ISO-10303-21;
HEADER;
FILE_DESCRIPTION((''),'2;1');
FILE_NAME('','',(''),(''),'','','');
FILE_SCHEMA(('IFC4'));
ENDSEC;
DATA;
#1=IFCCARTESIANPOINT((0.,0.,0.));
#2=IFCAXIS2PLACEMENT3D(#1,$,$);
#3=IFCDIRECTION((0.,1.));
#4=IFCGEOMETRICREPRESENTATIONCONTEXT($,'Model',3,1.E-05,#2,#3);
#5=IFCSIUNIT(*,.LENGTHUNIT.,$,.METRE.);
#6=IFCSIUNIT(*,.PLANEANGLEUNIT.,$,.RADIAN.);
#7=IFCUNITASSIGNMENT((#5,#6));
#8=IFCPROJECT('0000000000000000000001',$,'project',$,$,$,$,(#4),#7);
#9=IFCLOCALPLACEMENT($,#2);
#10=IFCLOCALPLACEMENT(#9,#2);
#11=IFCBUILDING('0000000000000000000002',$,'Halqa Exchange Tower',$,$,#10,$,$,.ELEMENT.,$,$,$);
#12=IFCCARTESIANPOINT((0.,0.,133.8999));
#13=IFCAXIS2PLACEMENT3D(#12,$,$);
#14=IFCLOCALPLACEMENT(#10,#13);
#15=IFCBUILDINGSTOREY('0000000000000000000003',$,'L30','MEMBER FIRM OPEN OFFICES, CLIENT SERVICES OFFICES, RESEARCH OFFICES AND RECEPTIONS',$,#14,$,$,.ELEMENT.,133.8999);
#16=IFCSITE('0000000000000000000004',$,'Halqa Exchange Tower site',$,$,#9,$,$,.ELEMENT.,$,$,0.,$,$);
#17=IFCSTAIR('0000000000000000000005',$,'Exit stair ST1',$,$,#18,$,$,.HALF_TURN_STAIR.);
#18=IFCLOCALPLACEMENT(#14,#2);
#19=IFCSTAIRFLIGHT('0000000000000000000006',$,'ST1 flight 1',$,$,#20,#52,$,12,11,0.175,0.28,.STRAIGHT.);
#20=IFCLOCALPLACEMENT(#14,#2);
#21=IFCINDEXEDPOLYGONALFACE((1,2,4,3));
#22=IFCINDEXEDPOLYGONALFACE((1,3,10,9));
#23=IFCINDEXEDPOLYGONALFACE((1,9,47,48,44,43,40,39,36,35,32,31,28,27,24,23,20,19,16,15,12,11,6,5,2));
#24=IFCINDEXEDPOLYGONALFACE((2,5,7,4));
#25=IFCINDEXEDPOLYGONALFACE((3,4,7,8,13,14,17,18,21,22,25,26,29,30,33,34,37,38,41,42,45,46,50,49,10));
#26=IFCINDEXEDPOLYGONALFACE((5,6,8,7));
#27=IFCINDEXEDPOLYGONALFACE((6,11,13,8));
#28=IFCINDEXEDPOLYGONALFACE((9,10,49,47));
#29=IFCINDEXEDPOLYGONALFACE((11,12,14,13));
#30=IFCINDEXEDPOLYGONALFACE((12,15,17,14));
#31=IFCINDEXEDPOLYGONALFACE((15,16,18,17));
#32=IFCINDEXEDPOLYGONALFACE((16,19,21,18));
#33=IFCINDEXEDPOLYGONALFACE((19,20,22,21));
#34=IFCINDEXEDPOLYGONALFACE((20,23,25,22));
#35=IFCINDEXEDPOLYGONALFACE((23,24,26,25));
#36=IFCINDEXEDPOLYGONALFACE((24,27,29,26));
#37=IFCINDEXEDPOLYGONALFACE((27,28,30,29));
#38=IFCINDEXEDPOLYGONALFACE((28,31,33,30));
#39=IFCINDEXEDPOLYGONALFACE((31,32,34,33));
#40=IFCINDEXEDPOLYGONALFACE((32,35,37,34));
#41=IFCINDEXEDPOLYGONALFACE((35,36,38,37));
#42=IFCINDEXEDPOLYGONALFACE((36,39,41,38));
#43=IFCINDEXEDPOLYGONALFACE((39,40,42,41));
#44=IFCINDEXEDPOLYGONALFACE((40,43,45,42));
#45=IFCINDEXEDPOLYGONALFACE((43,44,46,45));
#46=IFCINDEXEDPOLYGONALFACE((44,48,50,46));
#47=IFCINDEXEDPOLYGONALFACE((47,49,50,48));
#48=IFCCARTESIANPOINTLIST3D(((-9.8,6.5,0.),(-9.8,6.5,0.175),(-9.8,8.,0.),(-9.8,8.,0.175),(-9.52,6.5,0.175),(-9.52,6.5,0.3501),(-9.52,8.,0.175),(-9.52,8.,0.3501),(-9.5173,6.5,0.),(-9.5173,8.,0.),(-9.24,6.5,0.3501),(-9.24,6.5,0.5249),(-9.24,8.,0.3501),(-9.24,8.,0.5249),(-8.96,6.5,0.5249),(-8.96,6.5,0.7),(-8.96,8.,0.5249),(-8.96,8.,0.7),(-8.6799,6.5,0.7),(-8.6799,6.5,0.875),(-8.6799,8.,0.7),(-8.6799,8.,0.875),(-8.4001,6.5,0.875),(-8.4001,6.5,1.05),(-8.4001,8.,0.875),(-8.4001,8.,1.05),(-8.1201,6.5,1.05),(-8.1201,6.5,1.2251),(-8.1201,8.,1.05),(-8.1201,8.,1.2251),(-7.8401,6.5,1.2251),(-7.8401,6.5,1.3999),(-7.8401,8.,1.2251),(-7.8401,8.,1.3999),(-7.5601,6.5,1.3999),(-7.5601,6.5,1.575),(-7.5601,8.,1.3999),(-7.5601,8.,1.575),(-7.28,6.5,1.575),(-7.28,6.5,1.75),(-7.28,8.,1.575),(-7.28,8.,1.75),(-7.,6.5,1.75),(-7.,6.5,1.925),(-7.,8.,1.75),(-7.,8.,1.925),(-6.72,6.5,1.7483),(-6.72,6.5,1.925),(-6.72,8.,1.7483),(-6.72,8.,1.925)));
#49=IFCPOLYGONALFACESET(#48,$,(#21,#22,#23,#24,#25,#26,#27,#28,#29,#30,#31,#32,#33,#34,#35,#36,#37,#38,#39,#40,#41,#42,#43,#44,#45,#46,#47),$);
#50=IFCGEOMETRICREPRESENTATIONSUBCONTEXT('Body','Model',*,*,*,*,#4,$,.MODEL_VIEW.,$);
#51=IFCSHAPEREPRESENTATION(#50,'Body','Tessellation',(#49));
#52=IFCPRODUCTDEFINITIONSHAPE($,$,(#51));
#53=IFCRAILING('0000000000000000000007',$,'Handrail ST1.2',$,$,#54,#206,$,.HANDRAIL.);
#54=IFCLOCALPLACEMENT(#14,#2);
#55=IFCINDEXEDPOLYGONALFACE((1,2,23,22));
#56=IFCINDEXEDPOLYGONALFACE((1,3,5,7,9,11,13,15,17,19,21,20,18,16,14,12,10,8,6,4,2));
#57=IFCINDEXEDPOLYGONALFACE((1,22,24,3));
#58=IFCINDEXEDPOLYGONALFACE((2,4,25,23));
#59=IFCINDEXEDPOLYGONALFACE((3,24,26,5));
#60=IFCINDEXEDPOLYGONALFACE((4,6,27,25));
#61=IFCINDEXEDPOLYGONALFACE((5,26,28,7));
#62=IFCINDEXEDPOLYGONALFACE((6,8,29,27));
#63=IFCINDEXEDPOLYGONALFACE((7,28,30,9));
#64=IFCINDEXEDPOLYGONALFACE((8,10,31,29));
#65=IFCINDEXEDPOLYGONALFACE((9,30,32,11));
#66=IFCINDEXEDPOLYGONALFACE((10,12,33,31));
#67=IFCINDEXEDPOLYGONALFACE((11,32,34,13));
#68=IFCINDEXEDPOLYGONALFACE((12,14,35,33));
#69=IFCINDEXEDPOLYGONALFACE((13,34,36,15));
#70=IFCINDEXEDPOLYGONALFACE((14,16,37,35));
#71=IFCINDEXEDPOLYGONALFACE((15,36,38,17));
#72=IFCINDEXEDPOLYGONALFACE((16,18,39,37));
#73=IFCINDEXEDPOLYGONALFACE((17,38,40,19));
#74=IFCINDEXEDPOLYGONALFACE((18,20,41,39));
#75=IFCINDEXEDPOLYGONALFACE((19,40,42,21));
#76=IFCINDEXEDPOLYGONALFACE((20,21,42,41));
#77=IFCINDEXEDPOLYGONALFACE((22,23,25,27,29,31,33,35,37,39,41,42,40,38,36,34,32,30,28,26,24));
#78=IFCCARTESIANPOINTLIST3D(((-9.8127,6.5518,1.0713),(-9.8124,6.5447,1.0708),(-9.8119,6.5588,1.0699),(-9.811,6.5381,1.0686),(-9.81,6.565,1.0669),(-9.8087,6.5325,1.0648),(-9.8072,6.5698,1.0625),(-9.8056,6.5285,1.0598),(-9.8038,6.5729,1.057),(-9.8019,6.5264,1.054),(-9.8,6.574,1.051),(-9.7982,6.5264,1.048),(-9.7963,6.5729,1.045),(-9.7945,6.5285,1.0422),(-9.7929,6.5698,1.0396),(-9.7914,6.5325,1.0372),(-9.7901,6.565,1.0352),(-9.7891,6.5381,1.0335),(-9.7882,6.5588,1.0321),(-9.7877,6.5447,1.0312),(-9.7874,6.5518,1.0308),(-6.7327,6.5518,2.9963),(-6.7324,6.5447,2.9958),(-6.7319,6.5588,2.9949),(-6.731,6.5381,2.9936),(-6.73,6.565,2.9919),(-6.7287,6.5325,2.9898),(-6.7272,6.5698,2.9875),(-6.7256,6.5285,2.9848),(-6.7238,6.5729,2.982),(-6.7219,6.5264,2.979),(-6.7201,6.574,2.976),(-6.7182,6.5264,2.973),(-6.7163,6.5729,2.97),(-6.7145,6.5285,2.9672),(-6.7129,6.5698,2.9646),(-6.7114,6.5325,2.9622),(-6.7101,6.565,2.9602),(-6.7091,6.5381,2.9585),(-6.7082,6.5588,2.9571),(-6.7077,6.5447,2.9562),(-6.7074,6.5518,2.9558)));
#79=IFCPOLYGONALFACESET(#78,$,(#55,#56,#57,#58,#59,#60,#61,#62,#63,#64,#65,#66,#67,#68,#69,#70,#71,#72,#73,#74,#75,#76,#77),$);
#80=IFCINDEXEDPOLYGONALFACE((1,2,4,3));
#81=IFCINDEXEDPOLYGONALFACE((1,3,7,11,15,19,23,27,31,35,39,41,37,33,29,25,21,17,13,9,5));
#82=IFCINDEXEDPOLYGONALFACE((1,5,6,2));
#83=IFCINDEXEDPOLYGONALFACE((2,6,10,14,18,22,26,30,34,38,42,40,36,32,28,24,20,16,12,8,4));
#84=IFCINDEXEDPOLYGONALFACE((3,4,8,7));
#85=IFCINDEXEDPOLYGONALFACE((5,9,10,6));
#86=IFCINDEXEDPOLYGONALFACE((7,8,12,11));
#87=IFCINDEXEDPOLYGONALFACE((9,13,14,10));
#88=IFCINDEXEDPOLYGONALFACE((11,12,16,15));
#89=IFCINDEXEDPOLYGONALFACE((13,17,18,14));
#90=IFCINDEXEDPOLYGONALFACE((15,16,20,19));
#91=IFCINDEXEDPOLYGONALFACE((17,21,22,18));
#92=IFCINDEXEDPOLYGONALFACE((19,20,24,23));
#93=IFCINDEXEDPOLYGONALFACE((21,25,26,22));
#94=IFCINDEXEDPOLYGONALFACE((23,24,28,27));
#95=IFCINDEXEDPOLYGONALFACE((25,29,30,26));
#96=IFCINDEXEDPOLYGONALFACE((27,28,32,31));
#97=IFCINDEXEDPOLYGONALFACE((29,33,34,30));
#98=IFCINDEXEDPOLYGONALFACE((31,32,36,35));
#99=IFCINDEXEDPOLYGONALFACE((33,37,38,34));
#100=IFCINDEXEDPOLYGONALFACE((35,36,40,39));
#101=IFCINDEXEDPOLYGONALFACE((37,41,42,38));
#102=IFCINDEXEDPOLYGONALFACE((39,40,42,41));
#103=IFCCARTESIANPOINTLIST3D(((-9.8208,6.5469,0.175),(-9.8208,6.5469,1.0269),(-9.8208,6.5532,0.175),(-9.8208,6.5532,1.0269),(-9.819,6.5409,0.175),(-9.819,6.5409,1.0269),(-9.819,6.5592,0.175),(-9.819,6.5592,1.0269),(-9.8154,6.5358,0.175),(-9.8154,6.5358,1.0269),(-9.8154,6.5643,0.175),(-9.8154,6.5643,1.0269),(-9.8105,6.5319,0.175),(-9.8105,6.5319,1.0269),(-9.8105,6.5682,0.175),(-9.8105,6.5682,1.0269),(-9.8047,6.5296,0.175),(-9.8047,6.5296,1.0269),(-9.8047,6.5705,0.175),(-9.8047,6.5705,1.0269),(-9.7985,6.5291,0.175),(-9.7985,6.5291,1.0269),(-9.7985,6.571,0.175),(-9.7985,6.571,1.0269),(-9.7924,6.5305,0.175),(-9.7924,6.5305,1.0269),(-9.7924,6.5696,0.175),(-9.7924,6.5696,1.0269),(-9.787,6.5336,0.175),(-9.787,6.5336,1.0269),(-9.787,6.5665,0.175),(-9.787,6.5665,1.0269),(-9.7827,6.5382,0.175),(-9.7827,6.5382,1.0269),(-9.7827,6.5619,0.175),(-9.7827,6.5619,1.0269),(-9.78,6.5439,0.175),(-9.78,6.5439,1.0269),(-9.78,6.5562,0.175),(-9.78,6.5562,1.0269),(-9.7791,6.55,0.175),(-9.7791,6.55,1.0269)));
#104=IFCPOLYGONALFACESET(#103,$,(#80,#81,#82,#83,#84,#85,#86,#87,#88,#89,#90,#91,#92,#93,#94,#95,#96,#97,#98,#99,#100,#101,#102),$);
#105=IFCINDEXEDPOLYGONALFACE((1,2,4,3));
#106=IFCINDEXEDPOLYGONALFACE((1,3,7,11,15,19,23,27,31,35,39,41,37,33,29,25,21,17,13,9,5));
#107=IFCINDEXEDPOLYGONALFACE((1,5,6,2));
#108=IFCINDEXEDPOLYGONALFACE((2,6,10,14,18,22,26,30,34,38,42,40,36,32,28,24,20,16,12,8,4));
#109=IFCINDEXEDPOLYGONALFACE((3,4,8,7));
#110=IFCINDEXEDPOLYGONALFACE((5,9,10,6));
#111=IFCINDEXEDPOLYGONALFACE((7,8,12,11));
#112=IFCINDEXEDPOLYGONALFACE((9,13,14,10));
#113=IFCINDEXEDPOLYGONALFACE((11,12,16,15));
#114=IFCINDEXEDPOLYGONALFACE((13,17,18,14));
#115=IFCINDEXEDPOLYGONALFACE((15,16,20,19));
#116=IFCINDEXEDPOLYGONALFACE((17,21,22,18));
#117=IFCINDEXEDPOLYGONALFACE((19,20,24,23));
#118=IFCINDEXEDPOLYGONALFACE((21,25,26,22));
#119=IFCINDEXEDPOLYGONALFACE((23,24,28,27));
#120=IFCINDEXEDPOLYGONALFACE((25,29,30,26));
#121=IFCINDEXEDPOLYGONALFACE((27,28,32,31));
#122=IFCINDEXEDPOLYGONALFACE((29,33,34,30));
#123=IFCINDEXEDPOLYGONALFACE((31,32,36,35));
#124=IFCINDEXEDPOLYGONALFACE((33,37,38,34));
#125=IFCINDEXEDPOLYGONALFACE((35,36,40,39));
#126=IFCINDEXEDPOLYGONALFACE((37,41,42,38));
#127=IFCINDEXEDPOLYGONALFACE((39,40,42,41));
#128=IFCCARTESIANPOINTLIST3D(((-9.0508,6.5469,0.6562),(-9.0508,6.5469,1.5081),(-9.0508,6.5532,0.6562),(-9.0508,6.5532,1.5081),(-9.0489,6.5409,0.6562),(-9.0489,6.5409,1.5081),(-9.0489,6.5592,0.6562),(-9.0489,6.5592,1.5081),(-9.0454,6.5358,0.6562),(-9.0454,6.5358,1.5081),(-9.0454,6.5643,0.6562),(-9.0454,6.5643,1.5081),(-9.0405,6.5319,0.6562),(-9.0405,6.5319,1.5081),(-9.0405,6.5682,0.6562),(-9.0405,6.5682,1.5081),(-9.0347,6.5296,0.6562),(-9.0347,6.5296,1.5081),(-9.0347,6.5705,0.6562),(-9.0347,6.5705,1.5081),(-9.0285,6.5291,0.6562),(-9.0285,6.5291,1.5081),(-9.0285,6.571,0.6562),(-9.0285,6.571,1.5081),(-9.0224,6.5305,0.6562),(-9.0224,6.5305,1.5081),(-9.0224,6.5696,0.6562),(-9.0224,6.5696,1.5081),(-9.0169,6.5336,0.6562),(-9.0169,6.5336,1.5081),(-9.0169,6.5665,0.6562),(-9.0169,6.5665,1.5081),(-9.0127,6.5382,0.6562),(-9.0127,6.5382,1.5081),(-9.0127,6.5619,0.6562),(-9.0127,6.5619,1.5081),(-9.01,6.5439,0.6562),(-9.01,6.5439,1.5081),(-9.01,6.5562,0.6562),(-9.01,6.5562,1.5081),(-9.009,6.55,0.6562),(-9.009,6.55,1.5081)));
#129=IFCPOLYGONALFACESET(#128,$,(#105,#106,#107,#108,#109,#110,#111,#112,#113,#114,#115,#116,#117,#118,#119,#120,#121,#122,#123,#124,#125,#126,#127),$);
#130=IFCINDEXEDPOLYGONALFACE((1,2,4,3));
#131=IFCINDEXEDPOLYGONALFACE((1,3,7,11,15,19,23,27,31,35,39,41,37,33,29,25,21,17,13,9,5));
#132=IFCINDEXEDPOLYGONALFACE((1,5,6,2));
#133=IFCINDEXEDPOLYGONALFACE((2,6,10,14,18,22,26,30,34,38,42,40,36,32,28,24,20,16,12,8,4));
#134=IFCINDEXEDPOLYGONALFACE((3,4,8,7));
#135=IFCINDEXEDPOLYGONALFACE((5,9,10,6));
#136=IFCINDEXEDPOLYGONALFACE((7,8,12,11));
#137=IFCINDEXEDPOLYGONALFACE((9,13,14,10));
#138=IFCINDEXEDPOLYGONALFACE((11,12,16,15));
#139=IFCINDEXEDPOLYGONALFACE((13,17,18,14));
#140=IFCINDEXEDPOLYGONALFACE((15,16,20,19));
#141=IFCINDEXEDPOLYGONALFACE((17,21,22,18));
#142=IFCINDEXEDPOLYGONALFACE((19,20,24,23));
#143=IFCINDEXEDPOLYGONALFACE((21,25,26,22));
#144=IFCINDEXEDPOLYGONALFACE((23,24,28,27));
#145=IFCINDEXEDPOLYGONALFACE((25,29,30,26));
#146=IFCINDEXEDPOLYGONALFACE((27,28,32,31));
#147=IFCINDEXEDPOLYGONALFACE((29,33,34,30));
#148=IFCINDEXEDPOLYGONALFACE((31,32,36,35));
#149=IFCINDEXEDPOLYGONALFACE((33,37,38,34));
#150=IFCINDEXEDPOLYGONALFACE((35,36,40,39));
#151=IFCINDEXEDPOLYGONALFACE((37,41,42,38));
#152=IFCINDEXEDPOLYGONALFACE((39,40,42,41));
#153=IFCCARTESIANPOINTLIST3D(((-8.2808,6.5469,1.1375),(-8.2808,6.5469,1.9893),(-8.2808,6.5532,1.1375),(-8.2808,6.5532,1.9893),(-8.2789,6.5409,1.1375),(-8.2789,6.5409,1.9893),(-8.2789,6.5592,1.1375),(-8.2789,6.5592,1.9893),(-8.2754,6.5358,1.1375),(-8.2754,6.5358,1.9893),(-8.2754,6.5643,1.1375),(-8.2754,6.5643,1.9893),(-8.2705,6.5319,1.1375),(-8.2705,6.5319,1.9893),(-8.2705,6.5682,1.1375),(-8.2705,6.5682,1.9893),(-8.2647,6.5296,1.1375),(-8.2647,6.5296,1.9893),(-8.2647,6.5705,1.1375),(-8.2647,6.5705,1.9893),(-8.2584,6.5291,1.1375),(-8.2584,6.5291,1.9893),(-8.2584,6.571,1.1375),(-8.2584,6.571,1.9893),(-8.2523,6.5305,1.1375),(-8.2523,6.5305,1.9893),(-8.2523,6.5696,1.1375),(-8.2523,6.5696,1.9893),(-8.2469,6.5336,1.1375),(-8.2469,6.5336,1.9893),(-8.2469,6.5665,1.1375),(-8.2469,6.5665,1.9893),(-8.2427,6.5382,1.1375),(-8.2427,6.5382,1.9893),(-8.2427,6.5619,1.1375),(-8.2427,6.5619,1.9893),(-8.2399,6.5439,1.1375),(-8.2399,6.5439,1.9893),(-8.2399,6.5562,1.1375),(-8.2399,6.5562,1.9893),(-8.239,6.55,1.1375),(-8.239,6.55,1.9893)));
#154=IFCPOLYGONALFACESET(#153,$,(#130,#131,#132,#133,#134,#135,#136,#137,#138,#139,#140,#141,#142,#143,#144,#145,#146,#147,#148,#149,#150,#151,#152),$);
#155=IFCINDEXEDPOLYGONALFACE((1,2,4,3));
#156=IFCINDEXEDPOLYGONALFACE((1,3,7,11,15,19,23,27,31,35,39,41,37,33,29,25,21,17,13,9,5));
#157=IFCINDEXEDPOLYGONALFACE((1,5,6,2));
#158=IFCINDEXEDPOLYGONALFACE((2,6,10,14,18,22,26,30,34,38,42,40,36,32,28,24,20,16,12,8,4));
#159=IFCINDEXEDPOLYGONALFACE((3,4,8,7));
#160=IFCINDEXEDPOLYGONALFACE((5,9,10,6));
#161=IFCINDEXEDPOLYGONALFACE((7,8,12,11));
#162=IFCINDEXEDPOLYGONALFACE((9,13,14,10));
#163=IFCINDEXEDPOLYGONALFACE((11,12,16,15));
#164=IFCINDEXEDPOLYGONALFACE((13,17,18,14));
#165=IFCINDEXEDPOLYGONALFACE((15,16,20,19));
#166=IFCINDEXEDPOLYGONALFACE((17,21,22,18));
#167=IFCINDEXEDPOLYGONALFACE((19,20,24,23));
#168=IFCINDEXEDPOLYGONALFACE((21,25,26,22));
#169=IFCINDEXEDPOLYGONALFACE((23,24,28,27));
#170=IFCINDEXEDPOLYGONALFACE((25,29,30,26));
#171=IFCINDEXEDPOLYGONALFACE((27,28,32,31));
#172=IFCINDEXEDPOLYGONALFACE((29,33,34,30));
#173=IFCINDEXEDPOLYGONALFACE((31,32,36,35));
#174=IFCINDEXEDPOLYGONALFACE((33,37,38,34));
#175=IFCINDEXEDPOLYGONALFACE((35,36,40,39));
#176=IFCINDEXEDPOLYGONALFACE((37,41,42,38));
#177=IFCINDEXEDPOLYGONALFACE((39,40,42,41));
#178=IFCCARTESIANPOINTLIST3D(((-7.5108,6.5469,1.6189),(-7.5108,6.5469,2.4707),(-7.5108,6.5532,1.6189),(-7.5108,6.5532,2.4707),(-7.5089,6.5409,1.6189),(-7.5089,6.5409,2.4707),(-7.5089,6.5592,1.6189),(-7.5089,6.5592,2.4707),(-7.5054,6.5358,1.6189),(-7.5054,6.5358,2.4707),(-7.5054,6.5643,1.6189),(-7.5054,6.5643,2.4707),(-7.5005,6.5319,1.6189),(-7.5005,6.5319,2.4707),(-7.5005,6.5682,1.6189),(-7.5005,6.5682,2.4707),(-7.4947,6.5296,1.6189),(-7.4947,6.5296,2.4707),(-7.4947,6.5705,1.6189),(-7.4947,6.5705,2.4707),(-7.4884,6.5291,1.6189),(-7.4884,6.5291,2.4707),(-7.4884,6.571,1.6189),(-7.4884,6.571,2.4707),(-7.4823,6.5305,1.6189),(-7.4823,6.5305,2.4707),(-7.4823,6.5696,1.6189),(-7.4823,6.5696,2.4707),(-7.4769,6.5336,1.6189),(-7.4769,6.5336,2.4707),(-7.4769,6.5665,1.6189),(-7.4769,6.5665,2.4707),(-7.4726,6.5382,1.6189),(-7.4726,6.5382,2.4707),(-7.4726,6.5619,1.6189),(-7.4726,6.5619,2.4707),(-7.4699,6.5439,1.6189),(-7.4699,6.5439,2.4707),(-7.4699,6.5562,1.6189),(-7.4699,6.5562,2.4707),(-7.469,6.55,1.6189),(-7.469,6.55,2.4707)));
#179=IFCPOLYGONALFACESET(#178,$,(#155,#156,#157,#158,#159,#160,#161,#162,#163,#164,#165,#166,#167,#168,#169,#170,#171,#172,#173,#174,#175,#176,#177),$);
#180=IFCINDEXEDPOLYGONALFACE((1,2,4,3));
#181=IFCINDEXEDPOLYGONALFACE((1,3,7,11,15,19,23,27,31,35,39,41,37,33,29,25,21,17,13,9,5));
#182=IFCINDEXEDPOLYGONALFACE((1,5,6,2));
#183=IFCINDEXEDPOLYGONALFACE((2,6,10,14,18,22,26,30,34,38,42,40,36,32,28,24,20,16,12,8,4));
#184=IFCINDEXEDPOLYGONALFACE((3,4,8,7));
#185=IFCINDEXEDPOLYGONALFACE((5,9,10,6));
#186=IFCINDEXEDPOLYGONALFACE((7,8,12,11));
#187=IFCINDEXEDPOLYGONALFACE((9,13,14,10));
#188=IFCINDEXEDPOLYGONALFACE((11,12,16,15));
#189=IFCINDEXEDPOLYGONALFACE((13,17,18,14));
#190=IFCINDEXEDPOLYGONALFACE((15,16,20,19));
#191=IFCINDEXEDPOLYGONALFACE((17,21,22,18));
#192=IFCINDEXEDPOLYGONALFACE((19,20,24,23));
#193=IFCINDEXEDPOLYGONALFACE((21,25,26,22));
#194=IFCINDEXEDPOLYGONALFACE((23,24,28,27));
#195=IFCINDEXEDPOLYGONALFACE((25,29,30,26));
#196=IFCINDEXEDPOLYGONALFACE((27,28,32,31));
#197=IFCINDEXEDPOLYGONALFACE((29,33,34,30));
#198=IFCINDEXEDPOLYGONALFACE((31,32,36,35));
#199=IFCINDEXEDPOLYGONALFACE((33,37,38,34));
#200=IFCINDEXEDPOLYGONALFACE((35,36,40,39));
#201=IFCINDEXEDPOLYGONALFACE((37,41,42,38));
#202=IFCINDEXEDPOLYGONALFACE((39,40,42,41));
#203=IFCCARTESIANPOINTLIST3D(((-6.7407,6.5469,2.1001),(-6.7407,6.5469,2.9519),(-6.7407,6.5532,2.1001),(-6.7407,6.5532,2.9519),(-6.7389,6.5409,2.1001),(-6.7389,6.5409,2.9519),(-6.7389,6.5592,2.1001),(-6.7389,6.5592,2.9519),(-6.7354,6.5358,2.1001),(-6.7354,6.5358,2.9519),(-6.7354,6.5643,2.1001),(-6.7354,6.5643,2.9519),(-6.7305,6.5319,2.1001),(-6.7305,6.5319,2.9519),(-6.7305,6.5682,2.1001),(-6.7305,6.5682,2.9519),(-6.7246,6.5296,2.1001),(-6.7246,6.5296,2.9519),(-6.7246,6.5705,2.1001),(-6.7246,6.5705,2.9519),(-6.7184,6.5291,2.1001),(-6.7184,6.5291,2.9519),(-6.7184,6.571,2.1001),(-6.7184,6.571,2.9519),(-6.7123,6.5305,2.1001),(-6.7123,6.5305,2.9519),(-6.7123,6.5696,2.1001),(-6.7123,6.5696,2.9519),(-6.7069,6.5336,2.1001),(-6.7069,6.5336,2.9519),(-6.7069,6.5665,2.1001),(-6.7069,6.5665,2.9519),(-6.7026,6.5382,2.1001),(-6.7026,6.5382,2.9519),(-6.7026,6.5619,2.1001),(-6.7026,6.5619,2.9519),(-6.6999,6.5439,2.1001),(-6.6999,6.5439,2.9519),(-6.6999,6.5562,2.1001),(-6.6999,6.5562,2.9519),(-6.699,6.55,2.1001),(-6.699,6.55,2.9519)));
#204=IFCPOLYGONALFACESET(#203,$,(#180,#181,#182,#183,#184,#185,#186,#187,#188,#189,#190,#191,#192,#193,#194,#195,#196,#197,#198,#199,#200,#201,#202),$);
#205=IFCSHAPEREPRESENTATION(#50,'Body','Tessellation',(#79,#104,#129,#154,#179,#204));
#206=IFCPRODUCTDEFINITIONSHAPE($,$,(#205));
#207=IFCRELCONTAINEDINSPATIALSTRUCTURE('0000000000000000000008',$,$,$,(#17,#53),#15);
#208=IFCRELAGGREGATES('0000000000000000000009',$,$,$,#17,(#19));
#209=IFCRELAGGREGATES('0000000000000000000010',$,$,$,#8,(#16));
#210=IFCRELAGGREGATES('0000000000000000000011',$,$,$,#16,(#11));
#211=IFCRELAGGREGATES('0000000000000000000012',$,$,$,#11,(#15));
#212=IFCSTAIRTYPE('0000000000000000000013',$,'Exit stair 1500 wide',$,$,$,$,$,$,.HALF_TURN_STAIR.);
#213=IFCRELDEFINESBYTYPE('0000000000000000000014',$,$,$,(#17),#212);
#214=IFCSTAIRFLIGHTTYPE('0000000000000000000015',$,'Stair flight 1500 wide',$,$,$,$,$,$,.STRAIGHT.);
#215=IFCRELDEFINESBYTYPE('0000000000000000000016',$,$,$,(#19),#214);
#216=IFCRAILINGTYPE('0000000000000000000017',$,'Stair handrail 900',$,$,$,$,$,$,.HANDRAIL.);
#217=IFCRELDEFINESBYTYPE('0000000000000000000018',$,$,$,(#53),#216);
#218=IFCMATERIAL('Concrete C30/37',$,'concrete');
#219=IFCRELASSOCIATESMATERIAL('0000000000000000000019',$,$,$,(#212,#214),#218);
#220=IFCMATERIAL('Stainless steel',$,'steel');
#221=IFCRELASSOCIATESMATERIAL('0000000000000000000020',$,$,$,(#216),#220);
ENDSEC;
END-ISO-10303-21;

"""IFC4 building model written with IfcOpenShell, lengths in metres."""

from ifc_helpers import new_model, si_unit, direction, frame, origin, origin_2d, place, context, subcontext, project, spatial, polyline, circle, outline, extrude, material, type_object, element, aggregate, save


model = new_model("IFC4")

# Units and contexts
model_context = context("Model", 3, precision=1e-05, world=origin(), true_north=direction((0.0, 1.0)))
body_context = subcontext(model_context, "Body", "Model", "MODEL_VIEW")
ifc_project = project(units=[si_unit("LENGTHUNIT", "METRE"), si_unit("PLANEANGLEUNIT", "RADIAN")], contexts=[model_context])

# Site, building, storey
site_placement = place(None, origin())
site = spatial("IfcSite", under=ifc_project, at=site_placement, Name="Halqa Exchange Tower site", CompositionType="ELEMENT", RefElevation=0.0)
building_placement = place(site_placement, origin())
building = spatial("IfcBuilding", under=site, at=building_placement, Name="Halqa Exchange Tower", CompositionType="ELEMENT")
storey_placement = place(building_placement, frame((0.0, 0.0, 133.8999)))
storey = spatial("IfcBuildingStorey", under=building, at=storey_placement, Name="L30", Description="MEMBER FIRM OPEN OFFICES, CLIENT SERVICES OFFICES, RESEARCH OFFICES AND RECEPTIONS", CompositionType="ELEMENT", Elevation=133.8999)

# Shared definitions
ifc_material_1 = material(Name="Stainless steel", Category="steel")

# Shared definitions
ifc_material_2 = material(Name="Concrete C30/37", Category="concrete")

# Stair, stair flight
stair_type = type_object("IfcStairType", Name="Exit stair 1500 wide", PredefinedType="HALF_TURN_STAIR", material=ifc_material_2)
stair_placement = place(storey_placement, origin())
stair = element("IfcStair", 1, at=stair_placement, inside=storey, type_object=stair_type, Name="Exit stair ST1", PredefinedType="HALF_TURN_STAIR")
stair_flight_type = type_object("IfcStairFlightType", Name="Stair flight 1500 wide", PredefinedType="STRAIGHT", material=ifc_material_2)
stair_flight_placement = place(storey_placement, frame((-9.8, 7.25, 0.0), z_axis=(0.0, 0.0, 1.0), x_axis=(1.0, 0.0, 0.0)))
stair_flight = element("IfcStairFlight", 2, at=stair_flight_placement, type_object=stair_flight_type, Name="ST1 flight 1", NumberOfRisers=12, NumberOfTreads=11, PredefinedType="STRAIGHT", RiserHeight=0.175, TreadLength=0.28, context=body_context, shape_type="SweptSolid", body=[
    extrude(outline(polyline([(0.0, 0.0), (0.0, 0.175), (0.28, 0.175), (0.28, 0.3501), (0.5601, 0.3501), (0.5601, 0.5249), (0.8401, 0.5249), (0.8401, 0.7), (1.1201, 0.7), (1.1201, 0.875), (1.3999, 0.875), (1.3999, 1.05), (1.6799, 1.05), (1.6799, 1.2251), (1.96, 1.2251), (1.96, 1.3999), (2.24, 1.3999), (2.24, 1.575), (2.52, 1.575), (2.52, 1.75), (2.8, 1.75), (2.8, 1.925), (3.0801, 1.925), (3.0801, 2.1001), (3.0801, 1.7483), (0.2827, 0.0), (0.0, 0.0)])), frame((0.0, 0.75, 0.0), z_axis=(0.0, -1.0, 0.0), x_axis=(1.0, 0.0, 0.0)), (0.0, 0.0, 1.0), 1.5),
])
aggregate(stair, [stair_flight])

# Railing
railing_type_1 = type_object("IfcRailingType", Name="Stair handrail 900", PredefinedType="HANDRAIL", material=ifc_material_1)
railing_1_placement = place(storey_placement, frame((-9.8, 6.55, 0.175)))
element("IfcRailing", 3, at=railing_1_placement, inside=storey, type_object=railing_type_1, Name="Handrail ST1.2", PredefinedType="HANDRAIL", context=body_context, shape_type="SweptSolid", body=[
    extrude(circle(Radius=0.0239, at=origin_2d()), frame((0.0, 0.0, 0.876), z_axis=(0.847998, 0.0, 0.529999), x_axis=(0.0, 1.0, 0.0)), (0.0, 0.0, 1.0), 3.6321),
    extrude(circle(Radius=0.021, at=origin_2d()), origin(), (0.0, 0.0, 1.0), 0.8518),
    extrude(circle(Radius=0.021, at=origin_2d()), frame((0.77, 0.0, 0.4812)), (0.0, 0.0, 1.0), 0.8518),
    extrude(circle(Radius=0.021, at=origin_2d()), frame((1.54, 0.0, 0.9624)), (0.0, 0.0, 1.0), 0.8518),
    extrude(circle(Radius=0.021, at=origin_2d()), frame((2.3101, 0.0, 1.4438)), (0.0, 0.0, 1.0), 0.8518),
    extrude(circle(Radius=0.021, at=origin_2d()), frame((3.0801, 0.0, 1.925)), (0.0, 0.0, 1.0), 0.8518),
])

save(model, "model.ifc")
